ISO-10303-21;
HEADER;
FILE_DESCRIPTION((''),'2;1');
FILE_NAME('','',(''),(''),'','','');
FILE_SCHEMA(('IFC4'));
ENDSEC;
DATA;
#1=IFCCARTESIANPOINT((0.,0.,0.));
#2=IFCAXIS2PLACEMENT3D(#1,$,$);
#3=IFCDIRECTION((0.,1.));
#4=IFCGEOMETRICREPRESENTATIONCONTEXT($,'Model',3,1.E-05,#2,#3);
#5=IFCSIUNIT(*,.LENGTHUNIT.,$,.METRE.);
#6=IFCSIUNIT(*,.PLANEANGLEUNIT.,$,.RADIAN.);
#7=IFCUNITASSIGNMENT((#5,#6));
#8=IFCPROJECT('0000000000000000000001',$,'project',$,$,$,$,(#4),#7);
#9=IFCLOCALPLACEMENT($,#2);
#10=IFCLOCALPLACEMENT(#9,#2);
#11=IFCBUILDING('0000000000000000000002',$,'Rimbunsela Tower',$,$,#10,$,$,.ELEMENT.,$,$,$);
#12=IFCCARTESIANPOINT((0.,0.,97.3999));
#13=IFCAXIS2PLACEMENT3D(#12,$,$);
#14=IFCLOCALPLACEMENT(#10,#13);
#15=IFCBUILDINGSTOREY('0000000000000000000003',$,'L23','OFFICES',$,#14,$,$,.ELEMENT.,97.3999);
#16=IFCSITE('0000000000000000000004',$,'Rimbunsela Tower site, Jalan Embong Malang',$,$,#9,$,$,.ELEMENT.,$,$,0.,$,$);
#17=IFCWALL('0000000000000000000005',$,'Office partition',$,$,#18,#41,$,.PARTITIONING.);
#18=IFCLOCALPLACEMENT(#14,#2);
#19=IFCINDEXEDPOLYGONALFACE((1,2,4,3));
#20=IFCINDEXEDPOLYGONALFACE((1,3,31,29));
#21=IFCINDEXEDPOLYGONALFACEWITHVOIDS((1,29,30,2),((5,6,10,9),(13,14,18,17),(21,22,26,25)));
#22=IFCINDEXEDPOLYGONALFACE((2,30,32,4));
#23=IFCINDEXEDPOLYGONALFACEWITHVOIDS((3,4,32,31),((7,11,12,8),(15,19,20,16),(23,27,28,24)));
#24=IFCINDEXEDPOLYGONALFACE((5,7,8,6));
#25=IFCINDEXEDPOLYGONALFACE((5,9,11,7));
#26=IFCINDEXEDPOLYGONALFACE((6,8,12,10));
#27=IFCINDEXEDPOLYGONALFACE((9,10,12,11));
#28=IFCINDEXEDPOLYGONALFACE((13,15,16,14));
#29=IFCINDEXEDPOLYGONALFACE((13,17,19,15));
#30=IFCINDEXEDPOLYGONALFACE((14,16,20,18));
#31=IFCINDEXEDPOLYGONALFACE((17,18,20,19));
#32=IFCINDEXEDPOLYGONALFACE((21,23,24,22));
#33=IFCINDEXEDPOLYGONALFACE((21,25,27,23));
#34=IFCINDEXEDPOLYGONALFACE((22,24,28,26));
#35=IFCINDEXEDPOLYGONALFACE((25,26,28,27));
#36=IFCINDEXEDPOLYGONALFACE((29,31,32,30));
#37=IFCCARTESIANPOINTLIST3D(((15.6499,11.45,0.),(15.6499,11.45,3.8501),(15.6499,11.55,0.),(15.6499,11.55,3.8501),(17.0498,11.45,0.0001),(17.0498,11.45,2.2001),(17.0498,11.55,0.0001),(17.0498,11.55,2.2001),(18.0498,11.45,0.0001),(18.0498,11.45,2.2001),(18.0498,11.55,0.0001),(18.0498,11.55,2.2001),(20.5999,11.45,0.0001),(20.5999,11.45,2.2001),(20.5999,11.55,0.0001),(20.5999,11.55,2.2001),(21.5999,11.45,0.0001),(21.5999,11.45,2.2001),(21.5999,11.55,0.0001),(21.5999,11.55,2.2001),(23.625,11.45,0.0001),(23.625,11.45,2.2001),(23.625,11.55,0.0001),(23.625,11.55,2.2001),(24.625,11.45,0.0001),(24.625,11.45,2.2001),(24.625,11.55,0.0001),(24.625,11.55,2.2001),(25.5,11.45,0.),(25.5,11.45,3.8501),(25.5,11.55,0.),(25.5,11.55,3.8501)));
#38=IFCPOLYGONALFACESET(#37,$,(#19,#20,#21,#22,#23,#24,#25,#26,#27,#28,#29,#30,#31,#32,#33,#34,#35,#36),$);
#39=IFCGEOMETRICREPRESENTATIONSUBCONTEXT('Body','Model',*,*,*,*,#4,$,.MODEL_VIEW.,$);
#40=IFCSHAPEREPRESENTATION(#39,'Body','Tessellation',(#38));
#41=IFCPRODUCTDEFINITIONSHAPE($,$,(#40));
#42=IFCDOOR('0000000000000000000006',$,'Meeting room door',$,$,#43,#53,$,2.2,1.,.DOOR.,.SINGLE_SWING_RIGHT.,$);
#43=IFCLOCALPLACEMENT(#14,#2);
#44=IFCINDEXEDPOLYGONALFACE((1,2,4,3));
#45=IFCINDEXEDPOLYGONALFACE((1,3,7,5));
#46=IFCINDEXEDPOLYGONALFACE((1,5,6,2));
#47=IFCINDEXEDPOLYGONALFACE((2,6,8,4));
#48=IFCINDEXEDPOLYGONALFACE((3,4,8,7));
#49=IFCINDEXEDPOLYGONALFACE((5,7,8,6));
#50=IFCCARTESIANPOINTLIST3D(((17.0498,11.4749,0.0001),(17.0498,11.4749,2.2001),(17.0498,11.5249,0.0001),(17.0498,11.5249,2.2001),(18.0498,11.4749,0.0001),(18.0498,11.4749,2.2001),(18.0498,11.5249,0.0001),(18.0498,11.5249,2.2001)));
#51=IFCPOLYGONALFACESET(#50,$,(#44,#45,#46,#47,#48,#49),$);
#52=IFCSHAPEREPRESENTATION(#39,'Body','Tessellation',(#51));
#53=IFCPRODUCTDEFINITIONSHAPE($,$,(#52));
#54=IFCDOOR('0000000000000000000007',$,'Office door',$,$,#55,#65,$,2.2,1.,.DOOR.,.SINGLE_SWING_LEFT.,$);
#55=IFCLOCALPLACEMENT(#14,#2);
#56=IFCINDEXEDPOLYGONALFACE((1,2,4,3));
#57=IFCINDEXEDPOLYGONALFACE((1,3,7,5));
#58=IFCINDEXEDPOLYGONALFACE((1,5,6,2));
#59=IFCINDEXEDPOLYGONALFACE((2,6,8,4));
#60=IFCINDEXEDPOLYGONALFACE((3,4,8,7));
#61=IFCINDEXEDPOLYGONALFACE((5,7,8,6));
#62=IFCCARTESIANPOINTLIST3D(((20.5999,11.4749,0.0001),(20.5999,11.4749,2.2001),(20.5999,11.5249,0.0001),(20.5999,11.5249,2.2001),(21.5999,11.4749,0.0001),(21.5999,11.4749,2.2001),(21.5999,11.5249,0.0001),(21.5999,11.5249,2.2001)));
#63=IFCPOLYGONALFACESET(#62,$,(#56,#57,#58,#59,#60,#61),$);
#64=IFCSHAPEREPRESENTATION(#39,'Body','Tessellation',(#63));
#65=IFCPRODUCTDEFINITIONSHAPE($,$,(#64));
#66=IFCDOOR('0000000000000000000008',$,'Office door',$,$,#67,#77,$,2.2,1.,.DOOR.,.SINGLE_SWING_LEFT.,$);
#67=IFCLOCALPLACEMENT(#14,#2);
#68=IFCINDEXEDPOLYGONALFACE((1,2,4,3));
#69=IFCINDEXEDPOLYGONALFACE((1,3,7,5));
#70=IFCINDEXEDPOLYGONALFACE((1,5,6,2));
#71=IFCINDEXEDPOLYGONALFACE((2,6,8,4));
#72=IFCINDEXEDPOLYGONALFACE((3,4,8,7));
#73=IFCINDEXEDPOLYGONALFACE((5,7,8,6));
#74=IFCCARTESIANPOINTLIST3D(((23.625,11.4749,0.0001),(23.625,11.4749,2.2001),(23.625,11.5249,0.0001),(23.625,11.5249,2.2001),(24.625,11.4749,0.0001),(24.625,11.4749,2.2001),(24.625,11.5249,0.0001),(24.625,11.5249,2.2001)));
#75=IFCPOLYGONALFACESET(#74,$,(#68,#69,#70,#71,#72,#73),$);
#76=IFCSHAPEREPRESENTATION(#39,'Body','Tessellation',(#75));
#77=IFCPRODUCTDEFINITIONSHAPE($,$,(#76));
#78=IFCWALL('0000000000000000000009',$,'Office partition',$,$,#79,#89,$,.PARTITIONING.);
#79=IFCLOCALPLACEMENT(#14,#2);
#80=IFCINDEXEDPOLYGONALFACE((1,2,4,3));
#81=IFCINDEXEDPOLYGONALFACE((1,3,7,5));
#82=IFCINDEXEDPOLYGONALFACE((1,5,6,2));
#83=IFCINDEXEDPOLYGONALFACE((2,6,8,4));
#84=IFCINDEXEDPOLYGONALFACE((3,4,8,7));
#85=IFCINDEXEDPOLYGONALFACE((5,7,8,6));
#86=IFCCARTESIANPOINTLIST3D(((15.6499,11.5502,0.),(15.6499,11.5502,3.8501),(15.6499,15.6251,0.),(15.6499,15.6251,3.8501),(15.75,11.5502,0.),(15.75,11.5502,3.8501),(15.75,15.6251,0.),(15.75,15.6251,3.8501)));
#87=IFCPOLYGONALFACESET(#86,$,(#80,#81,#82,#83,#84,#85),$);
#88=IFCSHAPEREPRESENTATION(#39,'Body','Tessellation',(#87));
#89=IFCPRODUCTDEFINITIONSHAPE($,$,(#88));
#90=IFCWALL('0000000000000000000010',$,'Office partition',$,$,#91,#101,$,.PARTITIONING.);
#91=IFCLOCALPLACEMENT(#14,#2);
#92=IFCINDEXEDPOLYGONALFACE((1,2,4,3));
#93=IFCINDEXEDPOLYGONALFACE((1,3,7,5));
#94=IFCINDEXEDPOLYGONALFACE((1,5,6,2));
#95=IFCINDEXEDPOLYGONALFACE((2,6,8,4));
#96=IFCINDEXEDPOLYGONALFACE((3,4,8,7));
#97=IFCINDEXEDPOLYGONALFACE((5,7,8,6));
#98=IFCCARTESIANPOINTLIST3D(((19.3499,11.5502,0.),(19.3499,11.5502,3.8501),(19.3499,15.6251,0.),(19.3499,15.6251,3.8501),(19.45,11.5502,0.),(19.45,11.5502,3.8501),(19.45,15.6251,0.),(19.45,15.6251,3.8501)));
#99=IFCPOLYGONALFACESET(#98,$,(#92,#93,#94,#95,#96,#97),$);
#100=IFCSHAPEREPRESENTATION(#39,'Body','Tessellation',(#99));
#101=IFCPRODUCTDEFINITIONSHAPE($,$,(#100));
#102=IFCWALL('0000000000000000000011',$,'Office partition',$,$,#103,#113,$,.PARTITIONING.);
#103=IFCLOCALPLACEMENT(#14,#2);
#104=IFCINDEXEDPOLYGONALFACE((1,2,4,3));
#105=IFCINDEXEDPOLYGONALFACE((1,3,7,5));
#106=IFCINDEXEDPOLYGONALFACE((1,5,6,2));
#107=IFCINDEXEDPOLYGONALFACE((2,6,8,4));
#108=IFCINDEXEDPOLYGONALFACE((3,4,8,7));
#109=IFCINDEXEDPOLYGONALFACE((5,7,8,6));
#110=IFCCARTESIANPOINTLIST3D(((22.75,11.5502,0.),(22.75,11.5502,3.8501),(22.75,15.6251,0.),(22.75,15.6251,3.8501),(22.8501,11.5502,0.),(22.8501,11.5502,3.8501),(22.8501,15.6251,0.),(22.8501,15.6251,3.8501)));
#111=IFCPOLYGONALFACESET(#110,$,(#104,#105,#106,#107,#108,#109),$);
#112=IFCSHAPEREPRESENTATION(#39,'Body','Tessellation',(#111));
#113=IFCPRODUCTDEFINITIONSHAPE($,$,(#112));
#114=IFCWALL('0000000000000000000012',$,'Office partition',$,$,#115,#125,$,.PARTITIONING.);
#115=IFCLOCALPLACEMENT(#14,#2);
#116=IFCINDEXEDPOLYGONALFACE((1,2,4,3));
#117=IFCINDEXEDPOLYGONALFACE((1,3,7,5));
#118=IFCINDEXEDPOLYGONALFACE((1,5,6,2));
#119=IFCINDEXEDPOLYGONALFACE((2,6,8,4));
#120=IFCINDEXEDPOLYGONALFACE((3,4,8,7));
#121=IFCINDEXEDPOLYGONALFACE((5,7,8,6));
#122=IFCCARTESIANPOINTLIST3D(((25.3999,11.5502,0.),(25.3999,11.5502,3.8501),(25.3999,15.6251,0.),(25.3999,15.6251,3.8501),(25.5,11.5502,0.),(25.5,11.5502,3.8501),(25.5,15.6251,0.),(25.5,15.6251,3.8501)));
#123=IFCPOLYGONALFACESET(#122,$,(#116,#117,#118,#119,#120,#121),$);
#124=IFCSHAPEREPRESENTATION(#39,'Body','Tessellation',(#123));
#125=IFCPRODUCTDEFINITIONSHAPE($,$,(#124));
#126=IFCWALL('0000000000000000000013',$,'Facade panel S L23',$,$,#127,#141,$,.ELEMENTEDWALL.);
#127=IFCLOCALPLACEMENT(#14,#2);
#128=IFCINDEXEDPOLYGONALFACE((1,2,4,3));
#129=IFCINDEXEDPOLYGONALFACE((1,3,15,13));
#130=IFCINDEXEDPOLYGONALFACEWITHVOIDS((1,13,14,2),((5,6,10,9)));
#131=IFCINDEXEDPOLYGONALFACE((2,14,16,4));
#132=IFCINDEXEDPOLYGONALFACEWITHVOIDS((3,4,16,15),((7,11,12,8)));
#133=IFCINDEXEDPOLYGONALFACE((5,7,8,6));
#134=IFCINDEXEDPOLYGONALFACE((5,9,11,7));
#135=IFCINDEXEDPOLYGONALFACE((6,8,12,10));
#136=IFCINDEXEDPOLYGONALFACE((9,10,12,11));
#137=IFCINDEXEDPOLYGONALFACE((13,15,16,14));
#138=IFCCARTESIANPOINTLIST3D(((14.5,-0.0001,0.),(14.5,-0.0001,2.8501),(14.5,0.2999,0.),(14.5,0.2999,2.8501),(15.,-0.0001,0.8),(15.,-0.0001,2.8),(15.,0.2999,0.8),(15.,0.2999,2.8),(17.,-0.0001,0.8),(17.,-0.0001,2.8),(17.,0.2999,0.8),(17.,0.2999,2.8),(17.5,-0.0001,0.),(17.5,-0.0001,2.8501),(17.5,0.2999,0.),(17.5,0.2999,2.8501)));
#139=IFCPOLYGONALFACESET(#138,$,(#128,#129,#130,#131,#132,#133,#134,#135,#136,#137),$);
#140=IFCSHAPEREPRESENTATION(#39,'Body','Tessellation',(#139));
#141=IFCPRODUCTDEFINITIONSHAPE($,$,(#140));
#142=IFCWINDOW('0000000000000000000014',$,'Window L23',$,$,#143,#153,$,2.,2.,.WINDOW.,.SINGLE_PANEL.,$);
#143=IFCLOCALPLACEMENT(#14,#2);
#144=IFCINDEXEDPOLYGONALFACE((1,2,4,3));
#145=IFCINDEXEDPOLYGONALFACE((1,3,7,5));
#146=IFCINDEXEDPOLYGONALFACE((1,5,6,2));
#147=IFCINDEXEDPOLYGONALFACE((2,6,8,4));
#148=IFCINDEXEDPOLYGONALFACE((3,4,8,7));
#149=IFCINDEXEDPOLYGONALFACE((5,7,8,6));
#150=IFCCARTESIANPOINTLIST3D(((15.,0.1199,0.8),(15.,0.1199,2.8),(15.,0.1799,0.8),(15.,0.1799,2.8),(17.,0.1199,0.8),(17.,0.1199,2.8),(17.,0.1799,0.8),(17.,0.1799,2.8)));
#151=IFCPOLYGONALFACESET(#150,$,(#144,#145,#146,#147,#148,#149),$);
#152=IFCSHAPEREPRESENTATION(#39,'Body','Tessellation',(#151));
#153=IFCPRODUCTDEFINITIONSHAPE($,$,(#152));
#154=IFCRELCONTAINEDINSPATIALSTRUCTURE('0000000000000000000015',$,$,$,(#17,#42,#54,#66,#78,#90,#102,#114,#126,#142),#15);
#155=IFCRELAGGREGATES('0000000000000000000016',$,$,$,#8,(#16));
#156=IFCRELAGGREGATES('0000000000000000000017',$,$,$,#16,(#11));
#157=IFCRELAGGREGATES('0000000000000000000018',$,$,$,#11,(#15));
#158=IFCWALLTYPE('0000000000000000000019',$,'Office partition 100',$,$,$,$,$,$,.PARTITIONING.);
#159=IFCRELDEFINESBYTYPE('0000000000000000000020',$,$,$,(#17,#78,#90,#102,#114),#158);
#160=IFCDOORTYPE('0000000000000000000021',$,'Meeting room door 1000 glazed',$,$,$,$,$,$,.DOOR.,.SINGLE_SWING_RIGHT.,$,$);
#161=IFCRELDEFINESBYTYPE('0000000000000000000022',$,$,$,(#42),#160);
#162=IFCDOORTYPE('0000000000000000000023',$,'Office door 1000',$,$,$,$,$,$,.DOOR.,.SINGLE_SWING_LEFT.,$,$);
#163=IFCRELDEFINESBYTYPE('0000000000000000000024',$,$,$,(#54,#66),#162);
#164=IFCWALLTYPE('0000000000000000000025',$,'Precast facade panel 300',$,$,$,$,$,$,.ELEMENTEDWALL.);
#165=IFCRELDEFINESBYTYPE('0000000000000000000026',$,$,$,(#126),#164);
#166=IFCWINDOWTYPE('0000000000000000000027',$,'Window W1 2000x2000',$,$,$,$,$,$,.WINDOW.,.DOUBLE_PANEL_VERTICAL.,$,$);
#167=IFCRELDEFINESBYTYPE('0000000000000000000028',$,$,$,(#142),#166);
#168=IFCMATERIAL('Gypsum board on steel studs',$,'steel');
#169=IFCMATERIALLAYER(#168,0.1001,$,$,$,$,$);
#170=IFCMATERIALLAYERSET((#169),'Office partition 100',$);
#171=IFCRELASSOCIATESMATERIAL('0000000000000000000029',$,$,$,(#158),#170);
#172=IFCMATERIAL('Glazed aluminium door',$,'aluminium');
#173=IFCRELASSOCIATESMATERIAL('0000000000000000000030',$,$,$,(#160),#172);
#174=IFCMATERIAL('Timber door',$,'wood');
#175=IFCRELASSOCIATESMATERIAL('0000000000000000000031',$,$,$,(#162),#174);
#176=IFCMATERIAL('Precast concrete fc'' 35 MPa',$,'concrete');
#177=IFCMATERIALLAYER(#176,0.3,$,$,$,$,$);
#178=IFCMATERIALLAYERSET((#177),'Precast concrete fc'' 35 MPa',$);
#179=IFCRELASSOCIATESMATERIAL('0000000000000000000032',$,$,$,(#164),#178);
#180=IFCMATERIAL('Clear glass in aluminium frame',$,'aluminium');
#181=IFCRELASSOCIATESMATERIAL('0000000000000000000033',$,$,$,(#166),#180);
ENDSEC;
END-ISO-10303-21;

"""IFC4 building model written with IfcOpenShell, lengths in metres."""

from ifc_helpers import new_model, si_unit, direction, frame, frame_2d, origin, place, context, subcontext, project, spatial, rectangle, extrude, material, layer, layer_set, type_object, element, fill, save


model = new_model("IFC4")

# Units and contexts
model_context = context("Model", 3, precision=1e-05, world=origin(), true_north=direction((0.0, 1.0)))
body_context = subcontext(model_context, "Body", "Model", "MODEL_VIEW")
ifc_project = project(units=[si_unit("LENGTHUNIT", "METRE"), si_unit("PLANEANGLEUNIT", "RADIAN")], contexts=[model_context])

# Site, building, storey
site_placement = place(None, origin())
site = spatial("IfcSite", under=ifc_project, at=site_placement, Name="Rimbunsela Tower site, Jalan Embong Malang", CompositionType="ELEMENT", RefElevation=0.0)
building_placement = place(site_placement, origin())
building = spatial("IfcBuilding", under=site, at=building_placement, Name="Rimbunsela Tower", CompositionType="ELEMENT")
storey_placement = place(building_placement, frame((0.0, 0.0, 97.3999)))
storey = spatial("IfcBuildingStorey", under=building, at=storey_placement, Name="L23", Description="OFFICES", CompositionType="ELEMENT", Elevation=97.3999)

# Wall, openings, doors
ifc_material_1 = material(Name="Gypsum board on steel studs", Category="steel")
ifc_layer_1 = layer(ifc_material_1, 0.1001)
ifc_layer_set_1 = layer_set([ifc_layer_1], Name="Office partition 100")
wall_type_1 = type_object("IfcWallType", Name="Office partition 100", PredefinedType="PARTITIONING", material=ifc_layer_set_1)
wall_1_placement = place(storey_placement, frame((15.6499, 11.5, 0.0), z_axis=(0.0, 0.0, 1.0), x_axis=(1.0, 0.0, 0.0)))
wall_1 = element("IfcWall", 1, at=wall_1_placement, inside=storey, type_object=wall_type_1, Name="Office partition", PredefinedType="PARTITIONING", context=body_context, shape_type="SweptSolid", body=[
    extrude(rectangle(XDim=9.8501, YDim=0.1001, at=frame_2d((4.925, 0.0))), origin(), (0.0, 0.0, 1.0), 3.8501),
])
opening_1_placement = place(wall_1_placement, frame((1.3999, 0.0, 0.0)))
opening_1 = element("IfcOpeningElement", 2, at=opening_1_placement, cuts=wall_1, PredefinedType="OPENING", context=body_context, shape_type="SweptSolid", body=[
    extrude(rectangle(XDim=1.0, YDim=2.2, at=frame_2d((0.5, 1.1001))), frame((0.0, 0.0601, 0.0), z_axis=(0.0, -1.0, 0.0), x_axis=(1.0, 0.0, 0.0)), (0.0, 0.0, 1.0), 0.1201),
])
opening_2_placement = place(wall_1_placement, frame((4.95, 0.0, 0.0)))
opening_2 = element("IfcOpeningElement", 3, at=opening_2_placement, cuts=wall_1, PredefinedType="OPENING", context=body_context, shape_type="SweptSolid", body=[
    extrude(rectangle(XDim=1.0, YDim=2.2, at=frame_2d((0.5, 1.1001))), frame((0.0, 0.0601, 0.0), z_axis=(0.0, -1.0, 0.0), x_axis=(1.0, 0.0, 0.0)), (0.0, 0.0, 1.0), 0.1201),
])
opening_3_placement = place(wall_1_placement, frame((7.9751, 0.0, 0.0)))
opening_3 = element("IfcOpeningElement", 4, at=opening_3_placement, cuts=wall_1, PredefinedType="OPENING", context=body_context, shape_type="SweptSolid", body=[
    extrude(rectangle(XDim=1.0, YDim=2.2, at=frame_2d((0.5, 1.1001))), frame((0.0, 0.0601, 0.0), z_axis=(0.0, -1.0, 0.0), x_axis=(1.0, 0.0, 0.0)), (0.0, 0.0, 1.0), 0.1201),
])
ifc_material_2 = material(Name="Glazed aluminium door", Category="aluminium")
door_type_1 = type_object("IfcDoorType", Name="Meeting room door 1000 glazed", OperationType="SINGLE_SWING_RIGHT", PredefinedType="DOOR", material=ifc_material_2)
door_1_placement = place(opening_1_placement, origin())
door_1 = element("IfcDoor", 5, at=door_1_placement, inside=storey, type_object=door_type_1, Name="Meeting room door", OperationType="SINGLE_SWING_RIGHT", OverallHeight=2.2, OverallWidth=1.0, PredefinedType="DOOR", context=body_context, shape_type="SweptSolid", body=[
    extrude(rectangle(XDim=1.0, YDim=2.2, at=frame_2d((0.5, 1.1001))), frame((0.0, 0.0249, 0.0), z_axis=(0.0, -1.0, 0.0), x_axis=(1.0, 0.0, 0.0)), (0.0, 0.0, 1.0), 0.05),
])
fill(opening_1, door_1)
ifc_material_3 = material(Name="Timber door", Category="wood")
door_type_2 = type_object("IfcDoorType", Name="Office door 1000", OperationType="SINGLE_SWING_LEFT", PredefinedType="DOOR", material=ifc_material_3)
door_2_placement = place(opening_2_placement, origin())
door_2 = element("IfcDoor", 6, at=door_2_placement, inside=storey, type_object=door_type_2, Name="Office door", OperationType="SINGLE_SWING_LEFT", OverallHeight=2.2, OverallWidth=1.0, PredefinedType="DOOR", context=body_context, shape_type="SweptSolid", body=[
    extrude(rectangle(XDim=1.0, YDim=2.2, at=frame_2d((0.5, 1.1001))), frame((0.0, 0.0249, 0.0), z_axis=(0.0, -1.0, 0.0), x_axis=(1.0, 0.0, 0.0)), (0.0, 0.0, 1.0), 0.05),
])
fill(opening_2, door_2)
door_3_placement = place(opening_3_placement, origin())
door_3 = element("IfcDoor", 7, at=door_3_placement, inside=storey, type_object=door_type_2, Name="Office door", OperationType="SINGLE_SWING_LEFT", OverallHeight=2.2, OverallWidth=1.0, PredefinedType="DOOR", context=body_context, shape_type="SweptSolid", body=[
    extrude(rectangle(XDim=1.0, YDim=2.2, at=frame_2d((0.5, 1.1001))), frame((0.0, 0.0249, 0.0), z_axis=(0.0, -1.0, 0.0), x_axis=(1.0, 0.0, 0.0)), (0.0, 0.0, 1.0), 0.05),
])
fill(opening_3, door_3)

# Walls
for number, where, z_axis, x_axis, name in (
    (8, (15.7, 11.55, 0.0), (0.0, 0.0, 1.0), (0.0, 1.0, 0.0), "Office partition"),
    (9, (19.3999, 11.55, 0.0), (0.0, 0.0, 1.0), (0.0, 1.0, 0.0), "Office partition"),
    (10, (22.8, 11.55, 0.0), (0.0, 0.0, 1.0), (0.0, 1.0, 0.0), "Office partition"),
    (11, (25.45, 11.55, 0.0), (0.0, 0.0, 1.0), (0.0, 1.0, 0.0), "Office partition"),
):
    element("IfcWall", number, at=place(storey_placement, frame(where, z_axis=z_axis, x_axis=x_axis)), inside=storey, type_object=wall_type_1, Name=name, PredefinedType="PARTITIONING", context=body_context, shape_type="SweptSolid", body=[
        extrude(rectangle(XDim=4.075, YDim=0.1001, at=frame_2d((2.0376, 0.0))), origin(), (0.0, 0.0, 1.0), 3.8501),
    ])

# Wall, opening, window
ifc_material_4 = material(Name="Precast concrete fc' 35 MPa", Category="concrete")
ifc_layer_2 = layer(ifc_material_4, 0.3)
ifc_layer_set_2 = layer_set([ifc_layer_2], Name="Precast concrete fc' 35 MPa")
wall_type_2 = type_object("IfcWallType", Name="Precast facade panel 300", PredefinedType="ELEMENTEDWALL", material=ifc_layer_set_2)
wall_2_placement = place(storey_placement, frame((14.5, 0.1499, 0.0), z_axis=(0.0, 0.0, 1.0), x_axis=(1.0, 0.0, 0.0)))
wall_2 = element("IfcWall", 12, at=wall_2_placement, inside=storey, type_object=wall_type_2, Name="Facade panel S L23", PredefinedType="ELEMENTEDWALL", context=body_context, shape_type="SweptSolid", body=[
    extrude(rectangle(XDim=3.0, YDim=0.3, at=frame_2d((1.5, 0.0))), origin(), (0.0, 0.0, 1.0), 2.8501),
])
opening_4_placement = place(wall_2_placement, frame((0.5, 0.0, 0.8)))
opening_4 = element("IfcOpeningElement", 13, at=opening_4_placement, cuts=wall_2, PredefinedType="OPENING", context=body_context, shape_type="SweptSolid", body=[
    extrude(rectangle(XDim=2.0, YDim=2.0, at=frame_2d((1.0, 1.0))), frame((0.0, 0.1599, 0.0), z_axis=(0.0, -1.0, 0.0), x_axis=(1.0, 0.0, 0.0)), (0.0, 0.0, 1.0), 0.3201),
])
ifc_material_5 = material(Name="Clear glass in aluminium frame", Category="aluminium")
window_type = type_object("IfcWindowType", Name="Window W1 2000x2000", PartitioningType="DOUBLE_PANEL_VERTICAL", PredefinedType="WINDOW", material=ifc_material_5)
window_1_placement = place(opening_4_placement, origin())
window_1 = element("IfcWindow", 14, at=window_1_placement, inside=storey, type_object=window_type, Name="Window L23", OverallHeight=2.0, OverallWidth=2.0, PartitioningType="SINGLE_PANEL", PredefinedType="WINDOW", context=body_context, shape_type="SweptSolid", body=[
    extrude(rectangle(XDim=2.0, YDim=2.0, at=frame_2d((1.0, 1.0))), frame((0.0, 0.03, 0.0), z_axis=(0.0, -1.0, 0.0), x_axis=(1.0, 0.0, 0.0)), (0.0, 0.0, 1.0), 0.0601),
])
fill(opening_4, window_1)

save(model, "model.ifc")
